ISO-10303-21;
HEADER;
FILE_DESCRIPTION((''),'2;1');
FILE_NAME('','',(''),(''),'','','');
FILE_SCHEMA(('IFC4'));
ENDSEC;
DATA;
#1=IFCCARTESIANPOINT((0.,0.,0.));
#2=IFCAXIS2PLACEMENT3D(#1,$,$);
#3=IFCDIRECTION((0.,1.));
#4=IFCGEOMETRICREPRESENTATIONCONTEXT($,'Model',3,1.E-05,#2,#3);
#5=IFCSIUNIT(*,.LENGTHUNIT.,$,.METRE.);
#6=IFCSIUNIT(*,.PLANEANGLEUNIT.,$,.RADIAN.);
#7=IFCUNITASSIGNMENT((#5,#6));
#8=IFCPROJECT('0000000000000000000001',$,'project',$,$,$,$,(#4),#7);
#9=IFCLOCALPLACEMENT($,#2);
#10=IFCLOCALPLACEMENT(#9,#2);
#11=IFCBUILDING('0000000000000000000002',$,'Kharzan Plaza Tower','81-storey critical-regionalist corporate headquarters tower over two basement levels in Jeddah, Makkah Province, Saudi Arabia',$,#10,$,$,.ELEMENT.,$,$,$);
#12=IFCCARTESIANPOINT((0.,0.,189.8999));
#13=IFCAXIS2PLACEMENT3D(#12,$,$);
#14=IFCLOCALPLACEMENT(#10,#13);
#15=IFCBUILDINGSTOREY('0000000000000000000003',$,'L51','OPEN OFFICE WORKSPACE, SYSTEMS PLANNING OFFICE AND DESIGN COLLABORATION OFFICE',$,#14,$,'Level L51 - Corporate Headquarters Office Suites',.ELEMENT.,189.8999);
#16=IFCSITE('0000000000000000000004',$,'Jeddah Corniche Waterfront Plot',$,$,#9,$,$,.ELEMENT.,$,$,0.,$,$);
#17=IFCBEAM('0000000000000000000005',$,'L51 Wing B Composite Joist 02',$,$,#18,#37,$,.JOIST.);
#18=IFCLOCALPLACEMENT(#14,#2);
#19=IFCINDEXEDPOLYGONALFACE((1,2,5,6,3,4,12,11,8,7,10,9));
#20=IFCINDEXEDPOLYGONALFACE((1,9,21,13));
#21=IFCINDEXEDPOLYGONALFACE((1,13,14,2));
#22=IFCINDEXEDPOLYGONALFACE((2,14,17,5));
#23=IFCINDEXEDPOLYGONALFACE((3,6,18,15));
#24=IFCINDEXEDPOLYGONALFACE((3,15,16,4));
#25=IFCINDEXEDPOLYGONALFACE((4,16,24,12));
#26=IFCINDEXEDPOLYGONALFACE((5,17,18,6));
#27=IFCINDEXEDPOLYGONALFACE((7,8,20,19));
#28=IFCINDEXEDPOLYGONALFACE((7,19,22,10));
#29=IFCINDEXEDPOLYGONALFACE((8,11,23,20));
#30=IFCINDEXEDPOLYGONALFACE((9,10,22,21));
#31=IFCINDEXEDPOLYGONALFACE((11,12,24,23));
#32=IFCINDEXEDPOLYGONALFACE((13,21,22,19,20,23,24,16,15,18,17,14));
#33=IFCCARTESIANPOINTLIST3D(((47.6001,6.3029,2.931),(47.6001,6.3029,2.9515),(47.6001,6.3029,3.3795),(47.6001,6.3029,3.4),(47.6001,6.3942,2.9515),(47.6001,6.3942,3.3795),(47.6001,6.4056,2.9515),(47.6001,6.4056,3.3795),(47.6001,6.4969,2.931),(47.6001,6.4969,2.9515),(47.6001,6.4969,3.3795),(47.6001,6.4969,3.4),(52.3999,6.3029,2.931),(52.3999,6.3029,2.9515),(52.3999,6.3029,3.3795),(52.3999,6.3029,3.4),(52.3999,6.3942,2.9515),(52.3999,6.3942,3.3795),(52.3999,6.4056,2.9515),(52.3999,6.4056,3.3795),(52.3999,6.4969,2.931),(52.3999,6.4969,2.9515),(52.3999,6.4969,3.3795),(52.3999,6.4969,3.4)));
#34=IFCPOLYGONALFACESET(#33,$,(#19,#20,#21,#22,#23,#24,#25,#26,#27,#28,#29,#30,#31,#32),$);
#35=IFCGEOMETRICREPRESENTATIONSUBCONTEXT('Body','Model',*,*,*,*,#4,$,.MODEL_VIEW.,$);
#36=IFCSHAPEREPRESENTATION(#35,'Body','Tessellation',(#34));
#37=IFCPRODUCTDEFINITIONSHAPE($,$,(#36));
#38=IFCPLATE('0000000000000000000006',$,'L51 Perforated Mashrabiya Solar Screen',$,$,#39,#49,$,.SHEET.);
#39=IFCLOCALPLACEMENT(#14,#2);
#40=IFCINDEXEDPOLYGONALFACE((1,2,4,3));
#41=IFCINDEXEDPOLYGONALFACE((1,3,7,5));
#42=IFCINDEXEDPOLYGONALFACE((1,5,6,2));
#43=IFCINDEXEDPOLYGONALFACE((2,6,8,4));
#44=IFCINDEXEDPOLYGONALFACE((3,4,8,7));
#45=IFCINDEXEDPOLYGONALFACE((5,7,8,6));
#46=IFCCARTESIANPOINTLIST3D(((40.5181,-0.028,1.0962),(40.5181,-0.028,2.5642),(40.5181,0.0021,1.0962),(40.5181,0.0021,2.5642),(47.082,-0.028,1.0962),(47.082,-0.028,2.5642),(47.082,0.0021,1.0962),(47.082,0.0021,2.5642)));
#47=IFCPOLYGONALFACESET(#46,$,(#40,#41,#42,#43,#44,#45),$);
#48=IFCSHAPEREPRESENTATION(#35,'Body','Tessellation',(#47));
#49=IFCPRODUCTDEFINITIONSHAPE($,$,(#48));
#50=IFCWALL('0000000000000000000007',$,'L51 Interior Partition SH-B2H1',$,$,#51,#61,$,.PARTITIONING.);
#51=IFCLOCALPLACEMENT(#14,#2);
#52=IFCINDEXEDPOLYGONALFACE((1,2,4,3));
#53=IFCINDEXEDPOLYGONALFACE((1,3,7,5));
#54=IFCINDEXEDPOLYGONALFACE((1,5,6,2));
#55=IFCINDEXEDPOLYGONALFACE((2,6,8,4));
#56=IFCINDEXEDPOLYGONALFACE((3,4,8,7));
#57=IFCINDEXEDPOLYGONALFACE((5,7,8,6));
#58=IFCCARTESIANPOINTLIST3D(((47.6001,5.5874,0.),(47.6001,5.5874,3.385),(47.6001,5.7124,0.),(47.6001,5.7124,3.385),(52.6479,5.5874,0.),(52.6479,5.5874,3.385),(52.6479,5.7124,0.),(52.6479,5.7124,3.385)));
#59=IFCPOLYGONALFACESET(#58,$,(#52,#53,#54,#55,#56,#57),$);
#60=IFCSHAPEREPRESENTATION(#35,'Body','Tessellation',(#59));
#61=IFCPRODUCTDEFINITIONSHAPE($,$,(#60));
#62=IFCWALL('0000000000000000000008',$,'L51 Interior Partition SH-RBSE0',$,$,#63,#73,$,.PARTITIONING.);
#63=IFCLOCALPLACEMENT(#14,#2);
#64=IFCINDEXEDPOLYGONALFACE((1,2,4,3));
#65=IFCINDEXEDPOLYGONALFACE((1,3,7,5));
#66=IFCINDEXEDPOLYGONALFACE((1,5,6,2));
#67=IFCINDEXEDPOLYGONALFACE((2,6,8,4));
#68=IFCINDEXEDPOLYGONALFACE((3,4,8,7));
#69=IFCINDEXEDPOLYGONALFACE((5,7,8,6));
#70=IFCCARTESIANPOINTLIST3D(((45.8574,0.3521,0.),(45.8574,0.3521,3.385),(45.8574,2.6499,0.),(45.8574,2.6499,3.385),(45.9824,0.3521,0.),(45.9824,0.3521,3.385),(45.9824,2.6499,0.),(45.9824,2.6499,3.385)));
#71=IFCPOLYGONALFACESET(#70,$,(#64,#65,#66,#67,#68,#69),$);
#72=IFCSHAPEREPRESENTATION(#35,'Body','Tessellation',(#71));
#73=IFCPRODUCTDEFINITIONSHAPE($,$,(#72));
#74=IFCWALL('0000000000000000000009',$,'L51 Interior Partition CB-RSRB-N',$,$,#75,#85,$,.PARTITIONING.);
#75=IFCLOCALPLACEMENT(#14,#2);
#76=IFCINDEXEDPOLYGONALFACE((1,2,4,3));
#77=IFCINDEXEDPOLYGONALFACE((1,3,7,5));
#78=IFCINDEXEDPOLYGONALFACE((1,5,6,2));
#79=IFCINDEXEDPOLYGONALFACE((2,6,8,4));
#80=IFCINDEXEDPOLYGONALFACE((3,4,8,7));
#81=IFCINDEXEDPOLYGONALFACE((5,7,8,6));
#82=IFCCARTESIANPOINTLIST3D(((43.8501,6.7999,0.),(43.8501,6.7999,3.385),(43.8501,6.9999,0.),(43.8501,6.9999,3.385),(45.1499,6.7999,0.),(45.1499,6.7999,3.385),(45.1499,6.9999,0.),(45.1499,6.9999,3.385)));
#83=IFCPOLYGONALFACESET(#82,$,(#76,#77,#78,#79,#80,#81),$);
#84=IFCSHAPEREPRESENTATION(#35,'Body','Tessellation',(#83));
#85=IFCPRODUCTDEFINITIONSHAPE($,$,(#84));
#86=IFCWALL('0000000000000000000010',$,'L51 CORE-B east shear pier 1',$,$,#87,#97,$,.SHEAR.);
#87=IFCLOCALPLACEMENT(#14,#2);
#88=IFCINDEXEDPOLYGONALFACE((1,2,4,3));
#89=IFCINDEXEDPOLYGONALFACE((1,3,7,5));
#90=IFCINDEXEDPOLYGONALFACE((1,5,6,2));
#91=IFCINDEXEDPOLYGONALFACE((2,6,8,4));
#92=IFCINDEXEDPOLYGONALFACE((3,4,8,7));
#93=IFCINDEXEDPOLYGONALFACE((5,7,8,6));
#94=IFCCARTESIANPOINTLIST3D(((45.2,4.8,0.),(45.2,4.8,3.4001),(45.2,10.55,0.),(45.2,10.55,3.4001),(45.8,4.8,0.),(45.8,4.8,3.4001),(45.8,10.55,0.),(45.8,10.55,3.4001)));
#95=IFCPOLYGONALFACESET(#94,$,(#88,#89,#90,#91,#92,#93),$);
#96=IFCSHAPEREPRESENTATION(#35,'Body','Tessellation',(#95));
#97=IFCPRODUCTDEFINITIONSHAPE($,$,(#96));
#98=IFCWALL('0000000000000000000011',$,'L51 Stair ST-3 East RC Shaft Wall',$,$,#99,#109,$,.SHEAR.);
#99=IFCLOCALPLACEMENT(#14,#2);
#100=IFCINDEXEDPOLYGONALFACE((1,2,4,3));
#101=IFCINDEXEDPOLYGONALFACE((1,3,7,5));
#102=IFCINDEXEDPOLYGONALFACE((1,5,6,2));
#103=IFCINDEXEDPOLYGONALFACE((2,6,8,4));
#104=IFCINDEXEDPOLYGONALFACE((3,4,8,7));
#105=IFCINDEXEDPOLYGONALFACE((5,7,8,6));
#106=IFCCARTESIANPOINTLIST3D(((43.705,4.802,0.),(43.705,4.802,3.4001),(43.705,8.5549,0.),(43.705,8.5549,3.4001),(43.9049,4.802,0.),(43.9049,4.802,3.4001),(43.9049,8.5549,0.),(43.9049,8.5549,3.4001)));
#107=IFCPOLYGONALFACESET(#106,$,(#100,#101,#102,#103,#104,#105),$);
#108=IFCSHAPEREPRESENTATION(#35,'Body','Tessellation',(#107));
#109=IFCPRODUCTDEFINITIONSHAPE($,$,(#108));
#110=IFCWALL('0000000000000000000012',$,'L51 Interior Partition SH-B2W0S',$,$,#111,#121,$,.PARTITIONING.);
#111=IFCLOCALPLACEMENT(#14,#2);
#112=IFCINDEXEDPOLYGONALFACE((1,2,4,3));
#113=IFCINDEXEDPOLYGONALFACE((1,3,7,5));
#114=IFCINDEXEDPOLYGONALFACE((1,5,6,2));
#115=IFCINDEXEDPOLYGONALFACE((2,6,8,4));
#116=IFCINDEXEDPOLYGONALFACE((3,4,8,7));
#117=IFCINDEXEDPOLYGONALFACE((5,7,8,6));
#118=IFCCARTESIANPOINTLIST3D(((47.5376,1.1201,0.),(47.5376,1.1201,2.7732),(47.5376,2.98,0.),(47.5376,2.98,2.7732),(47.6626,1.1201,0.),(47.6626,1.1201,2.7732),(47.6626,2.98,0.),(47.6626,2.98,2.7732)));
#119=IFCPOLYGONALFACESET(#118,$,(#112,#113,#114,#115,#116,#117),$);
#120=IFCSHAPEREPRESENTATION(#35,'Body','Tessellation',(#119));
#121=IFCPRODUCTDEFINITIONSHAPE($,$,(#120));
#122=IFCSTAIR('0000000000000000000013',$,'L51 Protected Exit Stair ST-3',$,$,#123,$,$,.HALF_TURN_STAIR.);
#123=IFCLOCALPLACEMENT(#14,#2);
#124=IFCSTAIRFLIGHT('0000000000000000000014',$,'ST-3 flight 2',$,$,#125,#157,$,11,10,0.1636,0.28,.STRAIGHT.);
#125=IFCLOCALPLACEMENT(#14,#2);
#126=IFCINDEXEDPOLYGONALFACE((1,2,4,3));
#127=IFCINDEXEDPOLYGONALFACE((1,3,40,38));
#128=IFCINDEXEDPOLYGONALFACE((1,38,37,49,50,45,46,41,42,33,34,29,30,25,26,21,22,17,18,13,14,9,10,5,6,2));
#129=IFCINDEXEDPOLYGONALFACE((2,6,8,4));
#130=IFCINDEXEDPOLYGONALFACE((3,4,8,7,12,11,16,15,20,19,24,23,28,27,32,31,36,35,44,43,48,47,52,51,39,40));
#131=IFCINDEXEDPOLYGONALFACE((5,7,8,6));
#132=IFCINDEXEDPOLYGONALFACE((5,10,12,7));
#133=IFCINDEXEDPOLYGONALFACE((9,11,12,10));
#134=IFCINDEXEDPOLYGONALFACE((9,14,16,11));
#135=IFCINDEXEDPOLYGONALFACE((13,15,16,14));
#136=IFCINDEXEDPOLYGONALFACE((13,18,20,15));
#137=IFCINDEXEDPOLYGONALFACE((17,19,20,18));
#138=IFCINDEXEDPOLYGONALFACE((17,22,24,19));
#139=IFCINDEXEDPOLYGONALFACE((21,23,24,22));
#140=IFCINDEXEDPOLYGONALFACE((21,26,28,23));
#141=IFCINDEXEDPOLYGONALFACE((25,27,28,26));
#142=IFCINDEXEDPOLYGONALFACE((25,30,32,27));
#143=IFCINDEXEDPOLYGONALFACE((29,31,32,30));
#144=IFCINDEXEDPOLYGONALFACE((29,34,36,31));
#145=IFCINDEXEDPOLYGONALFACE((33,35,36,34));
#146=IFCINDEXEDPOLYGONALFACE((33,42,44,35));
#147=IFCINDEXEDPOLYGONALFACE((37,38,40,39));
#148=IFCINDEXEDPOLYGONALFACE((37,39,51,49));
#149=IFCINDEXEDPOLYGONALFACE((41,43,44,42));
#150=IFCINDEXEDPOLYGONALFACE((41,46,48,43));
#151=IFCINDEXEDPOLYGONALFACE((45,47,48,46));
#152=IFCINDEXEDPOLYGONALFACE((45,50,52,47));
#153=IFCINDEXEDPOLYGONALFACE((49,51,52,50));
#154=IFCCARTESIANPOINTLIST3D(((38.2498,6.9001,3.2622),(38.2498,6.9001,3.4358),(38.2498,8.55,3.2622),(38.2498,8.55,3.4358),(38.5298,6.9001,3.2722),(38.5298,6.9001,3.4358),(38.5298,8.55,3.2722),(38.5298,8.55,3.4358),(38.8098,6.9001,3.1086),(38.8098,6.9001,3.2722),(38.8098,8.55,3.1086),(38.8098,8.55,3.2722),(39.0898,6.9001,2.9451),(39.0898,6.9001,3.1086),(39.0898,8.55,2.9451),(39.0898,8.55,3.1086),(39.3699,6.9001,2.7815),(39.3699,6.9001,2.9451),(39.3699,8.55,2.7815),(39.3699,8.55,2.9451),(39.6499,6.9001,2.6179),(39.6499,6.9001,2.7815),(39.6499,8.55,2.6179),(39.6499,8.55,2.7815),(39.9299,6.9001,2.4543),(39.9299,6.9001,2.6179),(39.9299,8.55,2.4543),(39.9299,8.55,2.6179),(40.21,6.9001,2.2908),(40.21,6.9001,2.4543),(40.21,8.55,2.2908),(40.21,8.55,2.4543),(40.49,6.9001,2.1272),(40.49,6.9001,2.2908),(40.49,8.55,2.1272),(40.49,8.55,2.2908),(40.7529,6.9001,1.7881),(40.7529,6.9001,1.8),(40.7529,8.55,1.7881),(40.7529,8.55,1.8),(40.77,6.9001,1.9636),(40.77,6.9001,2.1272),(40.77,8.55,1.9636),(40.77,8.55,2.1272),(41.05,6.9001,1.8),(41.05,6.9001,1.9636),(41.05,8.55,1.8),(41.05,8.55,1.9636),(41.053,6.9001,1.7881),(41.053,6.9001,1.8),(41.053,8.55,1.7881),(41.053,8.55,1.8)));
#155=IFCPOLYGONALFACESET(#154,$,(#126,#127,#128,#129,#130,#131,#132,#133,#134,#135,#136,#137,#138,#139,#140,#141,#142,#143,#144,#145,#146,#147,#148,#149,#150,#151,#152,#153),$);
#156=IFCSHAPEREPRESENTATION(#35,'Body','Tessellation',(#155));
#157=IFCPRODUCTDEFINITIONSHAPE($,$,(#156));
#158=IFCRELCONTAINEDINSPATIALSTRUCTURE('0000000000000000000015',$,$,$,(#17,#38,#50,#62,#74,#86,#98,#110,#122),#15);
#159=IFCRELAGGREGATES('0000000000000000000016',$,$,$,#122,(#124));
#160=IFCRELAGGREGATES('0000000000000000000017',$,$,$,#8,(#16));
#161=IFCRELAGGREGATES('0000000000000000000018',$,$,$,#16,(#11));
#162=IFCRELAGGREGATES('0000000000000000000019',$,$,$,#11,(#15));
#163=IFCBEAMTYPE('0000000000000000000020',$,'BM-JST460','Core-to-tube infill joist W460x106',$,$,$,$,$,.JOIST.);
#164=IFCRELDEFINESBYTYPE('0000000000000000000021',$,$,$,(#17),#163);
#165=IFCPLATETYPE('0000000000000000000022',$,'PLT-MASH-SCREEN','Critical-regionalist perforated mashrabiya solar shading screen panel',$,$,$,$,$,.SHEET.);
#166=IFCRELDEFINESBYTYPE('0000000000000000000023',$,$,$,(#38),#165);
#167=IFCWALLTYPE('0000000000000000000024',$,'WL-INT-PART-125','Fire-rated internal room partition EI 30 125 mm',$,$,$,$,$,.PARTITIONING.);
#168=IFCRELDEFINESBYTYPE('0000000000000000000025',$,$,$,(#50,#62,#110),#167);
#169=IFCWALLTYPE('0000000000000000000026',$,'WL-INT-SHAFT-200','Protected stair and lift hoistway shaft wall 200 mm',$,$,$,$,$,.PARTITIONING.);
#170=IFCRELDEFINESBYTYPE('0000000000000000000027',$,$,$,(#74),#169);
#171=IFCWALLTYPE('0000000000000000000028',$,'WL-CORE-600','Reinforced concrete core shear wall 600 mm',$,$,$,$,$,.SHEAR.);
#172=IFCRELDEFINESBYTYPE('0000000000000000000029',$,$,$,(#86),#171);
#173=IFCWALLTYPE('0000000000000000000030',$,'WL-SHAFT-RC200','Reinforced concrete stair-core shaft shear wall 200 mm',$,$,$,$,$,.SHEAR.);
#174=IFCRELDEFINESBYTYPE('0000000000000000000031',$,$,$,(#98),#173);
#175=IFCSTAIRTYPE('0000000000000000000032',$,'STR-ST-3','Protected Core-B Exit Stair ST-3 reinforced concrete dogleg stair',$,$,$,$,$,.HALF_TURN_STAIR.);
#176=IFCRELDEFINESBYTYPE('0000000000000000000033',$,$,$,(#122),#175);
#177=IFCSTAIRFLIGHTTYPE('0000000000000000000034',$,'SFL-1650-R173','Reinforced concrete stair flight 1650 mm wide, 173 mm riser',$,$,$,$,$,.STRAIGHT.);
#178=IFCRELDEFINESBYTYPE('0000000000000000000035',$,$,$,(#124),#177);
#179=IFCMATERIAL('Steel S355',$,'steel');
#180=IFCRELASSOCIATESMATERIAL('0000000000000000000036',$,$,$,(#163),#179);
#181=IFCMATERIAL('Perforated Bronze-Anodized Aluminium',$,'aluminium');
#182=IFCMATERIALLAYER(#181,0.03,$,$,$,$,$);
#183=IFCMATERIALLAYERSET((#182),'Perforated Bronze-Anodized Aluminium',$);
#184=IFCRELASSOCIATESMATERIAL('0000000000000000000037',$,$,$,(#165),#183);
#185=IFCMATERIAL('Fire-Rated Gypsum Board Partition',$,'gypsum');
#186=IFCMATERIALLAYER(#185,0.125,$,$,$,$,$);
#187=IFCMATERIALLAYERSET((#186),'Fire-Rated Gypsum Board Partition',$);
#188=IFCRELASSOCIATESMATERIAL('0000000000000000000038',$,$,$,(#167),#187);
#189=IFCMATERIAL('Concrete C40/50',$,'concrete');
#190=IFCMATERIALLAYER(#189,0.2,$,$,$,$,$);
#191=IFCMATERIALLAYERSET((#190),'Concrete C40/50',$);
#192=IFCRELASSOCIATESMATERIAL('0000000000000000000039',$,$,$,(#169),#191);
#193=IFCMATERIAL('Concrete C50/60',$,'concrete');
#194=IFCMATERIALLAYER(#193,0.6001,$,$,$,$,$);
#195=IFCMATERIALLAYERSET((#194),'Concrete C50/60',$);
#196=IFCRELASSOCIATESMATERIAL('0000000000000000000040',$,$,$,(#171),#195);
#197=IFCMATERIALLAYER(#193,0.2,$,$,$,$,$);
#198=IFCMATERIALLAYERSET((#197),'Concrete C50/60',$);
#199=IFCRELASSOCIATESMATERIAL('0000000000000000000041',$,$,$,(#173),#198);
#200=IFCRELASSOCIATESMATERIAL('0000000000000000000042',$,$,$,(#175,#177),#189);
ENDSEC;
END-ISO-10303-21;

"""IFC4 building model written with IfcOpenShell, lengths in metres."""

from ifc_helpers import new_model, si_unit, direction, frame, frame_2d, origin, origin_2d, place, context, subcontext, project, spatial, polyline, rectangle, i_section, outline, extrude, source, transform, mapped, material, layer, layer_set, material_profile, profile_set, type_object, element, aggregate, save


model = new_model("IFC4")

# Units and contexts
model_context = context("Model", 3, precision=1e-05, world=origin(), true_north=direction((0.0, 1.0)))
body_context = subcontext(model_context, "Body", "Model", "MODEL_VIEW")
ifc_project = project(units=[si_unit("LENGTHUNIT", "METRE"), si_unit("PLANEANGLEUNIT", "RADIAN")], contexts=[model_context])

# Site, building, storey
site_placement = place(None, origin())
site = spatial("IfcSite", under=ifc_project, at=site_placement, Name="Jeddah Corniche Waterfront Plot", CompositionType="ELEMENT", RefElevation=0.0)
building_placement = place(site_placement, origin())
building = spatial("IfcBuilding", under=site, at=building_placement, Name="Kharzan Plaza Tower", Description="81-storey critical-regionalist corporate headquarters tower over two basement levels in Jeddah, Makkah Province, Saudi Arabia", CompositionType="ELEMENT")
storey_placement = place(building_placement, frame((0.0, 0.0, 189.8999)))
storey = spatial("IfcBuildingStorey", under=building, at=storey_placement, Name="L51", Description="OPEN OFFICE WORKSPACE, SYSTEMS PLANNING OFFICE AND DESIGN COLLABORATION OFFICE", LongName="Level L51 - Corporate Headquarters Office Suites", CompositionType="ELEMENT", Elevation=189.8999)

# Shared definitions
ifc_material_1 = material(Name="Concrete C50/60", Category="concrete")

# Beam
ifc_material_2 = material(Name="Steel S355", Category="steel")
ifc_material_profile_1 = material_profile(ifc_material_2, i_section(OverallWidth=0.1941, OverallDepth=0.469, WebThickness=0.0115, FlangeThickness=0.0205, at=origin_2d()), Name="W460x106")
ifc_profile_set_1 = profile_set([ifc_material_profile_1], Name="Steel S355")
beam_type_1 = type_object("IfcBeamType", Name="BM-JST460", Description="Core-to-tube infill joist W460x106", PredefinedType="JOIST", material=ifc_profile_set_1)
shared_shape_1 = source(origin(), body_context, "Body", "SweptSolid", [
    extrude(i_section(OverallWidth=0.1941, OverallDepth=0.469, WebThickness=0.0115, FlangeThickness=0.0205, at=origin_2d()), origin(), (0.0, 0.0, 1.0), 4.7998),
])
beam_1_placement = place(storey_placement, frame((47.6001, 6.3999, 3.1655), z_axis=(1.0, 0.0, 0.0), x_axis=(0.0, 1.0, 0.0)))
element("IfcBeam", 1, at=beam_1_placement, inside=storey, type_object=beam_type_1, Name="L51 Wing B Composite Joist 02", PredefinedType="JOIST", context=body_context, shape_type="MappedRepresentation", body=[
    mapped(shared_shape_1, transform((0.0, 0.0, 0.0), x_axis=(1.0, 0.0, 0.0), y_axis=(0.0, 1.0, 0.0), z_axis=(0.0, 0.0, 1.0))),
])

# Plate
ifc_material_3 = material(Name="Perforated Bronze-Anodized Aluminium", Category="aluminium")
ifc_layer_1 = layer(ifc_material_3, 0.03)
ifc_layer_set_1 = layer_set([ifc_layer_1], Name="Perforated Bronze-Anodized Aluminium")
plate_type = type_object("IfcPlateType", Name="PLT-MASH-SCREEN", Description="Critical-regionalist perforated mashrabiya solar shading screen panel", PredefinedType="SHEET", material=ifc_layer_set_1)
shared_shape_2 = source(origin(), body_context, "Body", "SweptSolid", [
    extrude(rectangle(XDim=6.564, YDim=0.03, at=origin_2d()), origin(), (0.0, 0.0, 1.0), 1.468),
])
plate_placement = place(storey_placement, frame((43.8, -0.0129, 1.0962), z_axis=(0.0, 0.0, 1.0), x_axis=(1.0, 0.0, 0.0)))
element("IfcPlate", 2, at=plate_placement, inside=storey, type_object=plate_type, Name="L51 Perforated Mashrabiya Solar Screen", PredefinedType="SHEET", context=body_context, shape_type="MappedRepresentation", body=[
    mapped(shared_shape_2, transform((0.0, 0.0, 0.0), x_axis=(1.0, 0.0, 0.0), y_axis=(0.0, 1.0, 0.0), z_axis=(0.0, 0.0, 1.0))),
])

# Shared definitions
ifc_material_4 = material(Name="Fire-Rated Gypsum Board Partition", Category="gypsum")
ifc_layer_2 = layer(ifc_material_4, 0.125)
ifc_layer_set_2 = layer_set([ifc_layer_2], Name="Fire-Rated Gypsum Board Partition")
wall_type_1 = type_object("IfcWallType", Name="WL-INT-PART-125", Description="Fire-rated internal room partition EI 30 125 mm", PredefinedType="PARTITIONING", material=ifc_layer_set_2)

# Walls
shared_shape_3 = source(origin(), body_context, "Body", "SweptSolid", [
    extrude(rectangle(XDim=5.0479, YDim=0.125, at=frame_2d((2.5239, 0.0))), origin(), (0.0, 0.0, 1.0), 3.385),
])
wall_1_placement = place(storey_placement, frame((47.6001, 5.6499, 0.0), z_axis=(0.0, 0.0, 1.0), x_axis=(1.0, 0.0, 0.0)))
element("IfcWall", 3, at=wall_1_placement, inside=storey, type_object=wall_type_1, Name="L51 Interior Partition SH-B2H1", PredefinedType="PARTITIONING", context=body_context, shape_type="MappedRepresentation", body=[
    mapped(shared_shape_3, transform((0.0, 0.0, 0.0), x_axis=(1.0, 0.0, 0.0), y_axis=(0.0, 1.0, 0.0), z_axis=(0.0, 0.0, 1.0))),
])
shared_shape_4 = source(origin(), body_context, "Body", "SweptSolid", [
    extrude(rectangle(XDim=2.2979, YDim=0.125, at=frame_2d((1.1489, 0.0))), origin(), (0.0, 0.0, 1.0), 3.385),
])
wall_2_placement = place(storey_placement, frame((45.9199, 0.3521, 0.0), z_axis=(0.0, 0.0, 1.0), x_axis=(0.0, 1.0, 0.0)))
element("IfcWall", 4, at=wall_2_placement, inside=storey, type_object=wall_type_1, Name="L51 Interior Partition SH-RBSE0", PredefinedType="PARTITIONING", context=body_context, shape_type="MappedRepresentation", body=[
    mapped(shared_shape_4, transform((0.0, 0.0, 0.0), x_axis=(1.0, 0.0, 0.0), y_axis=(0.0, 1.0, 0.0), z_axis=(0.0, 0.0, 1.0))),
])
ifc_material_5 = material(Name="Concrete C40/50", Category="concrete")
ifc_layer_3 = layer(ifc_material_5, 0.2)
ifc_layer_set_3 = layer_set([ifc_layer_3], Name="Concrete C40/50")
wall_type_2 = type_object("IfcWallType", Name="WL-INT-SHAFT-200", Description="Protected stair and lift hoistway shaft wall 200 mm", PredefinedType="PARTITIONING", material=ifc_layer_set_3)
shared_shape_5 = source(origin(), body_context, "Body", "SweptSolid", [
    extrude(rectangle(XDim=1.2998, YDim=0.2, at=frame_2d((0.6499, 0.0))), origin(), (0.0, 0.0, 1.0), 3.385),
])
wall_3_placement = place(storey_placement, frame((43.8501, 6.8999, 0.0), z_axis=(0.0, 0.0, 1.0), x_axis=(1.0, 0.0, 0.0)))
element("IfcWall", 5, at=wall_3_placement, inside=storey, type_object=wall_type_2, Name="L51 Interior Partition CB-RSRB-N", PredefinedType="PARTITIONING", context=body_context, shape_type="MappedRepresentation", body=[
    mapped(shared_shape_5, transform((0.0, 0.0, 0.0), x_axis=(1.0, 0.0, 0.0), y_axis=(0.0, 1.0, 0.0), z_axis=(0.0, 0.0, 1.0))),
])
ifc_layer_4 = layer(ifc_material_1, 0.6001)
ifc_layer_set_4 = layer_set([ifc_layer_4], Name="Concrete C50/60")
wall_type_3 = type_object("IfcWallType", Name="WL-CORE-600", Description="Reinforced concrete core shear wall 600 mm", PredefinedType="SHEAR", material=ifc_layer_set_4)
shared_shape_6 = source(origin(), body_context, "Body", "SweptSolid", [
    extrude(rectangle(XDim=5.75, YDim=0.6001, at=frame_2d((2.875, 0.0))), origin(), (0.0, 0.0, 1.0), 3.4001),
])
wall_4_placement = place(storey_placement, frame((45.5, 4.8, 0.0), z_axis=(0.0, 0.0, 1.0), x_axis=(0.0, 1.0, 0.0)))
element("IfcWall", 6, at=wall_4_placement, inside=storey, type_object=wall_type_3, Name="L51 CORE-B east shear pier 1", PredefinedType="SHEAR", context=body_context, shape_type="MappedRepresentation", body=[
    mapped(shared_shape_6, transform((0.0, 0.0, 0.0), x_axis=(1.0, 0.0, 0.0), y_axis=(0.0, 1.0, 0.0), z_axis=(0.0, 0.0, 1.0))),
])
ifc_layer_5 = layer(ifc_material_1, 0.2)
ifc_layer_set_5 = layer_set([ifc_layer_5], Name="Concrete C50/60")
wall_type_4 = type_object("IfcWallType", Name="WL-SHAFT-RC200", Description="Reinforced concrete stair-core shaft shear wall 200 mm", PredefinedType="SHEAR", material=ifc_layer_set_5)
shared_shape_7 = source(origin(), body_context, "Body", "SweptSolid", [
    extrude(rectangle(XDim=3.7529, YDim=0.2, at=frame_2d((1.8765, 0.0))), origin(), (0.0, 0.0, 1.0), 3.4001),
])
wall_5_placement = place(storey_placement, frame((43.8049, 4.802, 0.0), z_axis=(0.0, 0.0, 1.0), x_axis=(0.0, 1.0, 0.0)))
element("IfcWall", 7, at=wall_5_placement, inside=storey, type_object=wall_type_4, Name="L51 Stair ST-3 East RC Shaft Wall", PredefinedType="SHEAR", context=body_context, shape_type="MappedRepresentation", body=[
    mapped(shared_shape_7, transform((0.0, 0.0, 0.0), x_axis=(1.0, 0.0, 0.0), y_axis=(0.0, 1.0, 0.0), z_axis=(0.0, 0.0, 1.0))),
])
shared_shape_8 = source(origin(), body_context, "Body", "SweptSolid", [
    extrude(rectangle(XDim=1.8599, YDim=0.125, at=frame_2d((0.9299, 0.0))), origin(), (0.0, 0.0, 1.0), 2.7732),
])
wall_6_placement = place(storey_placement, frame((47.6001, 1.1201, 0.0), z_axis=(0.0, 0.0, 1.0), x_axis=(0.0, 1.0, 0.0)))
element("IfcWall", 8, at=wall_6_placement, inside=storey, type_object=wall_type_1, Name="L51 Interior Partition SH-B2W0S", PredefinedType="PARTITIONING", context=body_context, shape_type="MappedRepresentation", body=[
    mapped(shared_shape_8, transform((0.0, 0.0, 0.0), x_axis=(1.0, 0.0, 0.0), y_axis=(0.0, 1.0, 0.0), z_axis=(0.0, 0.0, 1.0))),
])

# Stair, stair flight
stair_type = type_object("IfcStairType", Name="STR-ST-3", Description="Protected Core-B Exit Stair ST-3 reinforced concrete dogleg stair", PredefinedType="HALF_TURN_STAIR", material=ifc_material_5)
stair_placement = place(storey_placement, origin())
stair = element("IfcStair", 9, at=stair_placement, inside=storey, type_object=stair_type, Name="L51 Protected Exit Stair ST-3", PredefinedType="HALF_TURN_STAIR")
stair_flight_type = type_object("IfcStairFlightType", Name="SFL-1650-R173", Description="Reinforced concrete stair flight 1650 mm wide, 173 mm riser", PredefinedType="STRAIGHT", material=ifc_material_5)
shared_shape_9 = source(origin(), body_context, "Body", "SweptSolid", [
    extrude(outline(polyline([(-0.0029, -0.012), (-0.0029, 0.0), (0.0, 0.0), (0.0, 0.1636), (0.28, 0.1636), (0.28, 0.3271), (0.5601, 0.3271), (0.5601, 0.4907), (0.8401, 0.4907), (0.8401, 0.6543), (1.1201, 0.6543), (1.1201, 0.8179), (1.4001, 0.8179), (1.4001, 0.9814), (1.6802, 0.9814), (1.6802, 1.145), (1.9602, 1.145), (1.9602, 1.3086), (2.2402, 1.3086), (2.2402, 1.4722), (2.5203, 1.4722), (2.5203, 1.6357), (2.8003, 1.6357), (2.8003, 1.7993), (2.8003, 1.4622), (0.2971, 0.0), (0.2971, -0.012), (-0.0029, -0.012)])), frame((0.0, 0.825, 0.0), z_axis=(0.0, -1.0, 0.0), x_axis=(1.0, 0.0, 0.0)), (0.0, 0.0, 1.0), 1.6499),
])
stair_flight_placement = place(storey_placement, frame((41.05, 7.7251, 1.8), z_axis=(0.0, 0.0, 1.0), x_axis=(-1.0, 0.0, 0.0)))
stair_flight = element("IfcStairFlight", 10, at=stair_flight_placement, type_object=stair_flight_type, Name="ST-3 flight 2", NumberOfRisers=11, NumberOfTreads=10, PredefinedType="STRAIGHT", RiserHeight=0.1636, TreadLength=0.28, context=body_context, shape_type="MappedRepresentation", body=[
    mapped(shared_shape_9, transform((0.0, 0.0, 0.0), x_axis=(1.0, 0.0, 0.0), y_axis=(0.0, 1.0, 0.0), z_axis=(0.0, 0.0, 1.0))),
])
aggregate(stair, [stair_flight])

save(model, "model.ifc")
